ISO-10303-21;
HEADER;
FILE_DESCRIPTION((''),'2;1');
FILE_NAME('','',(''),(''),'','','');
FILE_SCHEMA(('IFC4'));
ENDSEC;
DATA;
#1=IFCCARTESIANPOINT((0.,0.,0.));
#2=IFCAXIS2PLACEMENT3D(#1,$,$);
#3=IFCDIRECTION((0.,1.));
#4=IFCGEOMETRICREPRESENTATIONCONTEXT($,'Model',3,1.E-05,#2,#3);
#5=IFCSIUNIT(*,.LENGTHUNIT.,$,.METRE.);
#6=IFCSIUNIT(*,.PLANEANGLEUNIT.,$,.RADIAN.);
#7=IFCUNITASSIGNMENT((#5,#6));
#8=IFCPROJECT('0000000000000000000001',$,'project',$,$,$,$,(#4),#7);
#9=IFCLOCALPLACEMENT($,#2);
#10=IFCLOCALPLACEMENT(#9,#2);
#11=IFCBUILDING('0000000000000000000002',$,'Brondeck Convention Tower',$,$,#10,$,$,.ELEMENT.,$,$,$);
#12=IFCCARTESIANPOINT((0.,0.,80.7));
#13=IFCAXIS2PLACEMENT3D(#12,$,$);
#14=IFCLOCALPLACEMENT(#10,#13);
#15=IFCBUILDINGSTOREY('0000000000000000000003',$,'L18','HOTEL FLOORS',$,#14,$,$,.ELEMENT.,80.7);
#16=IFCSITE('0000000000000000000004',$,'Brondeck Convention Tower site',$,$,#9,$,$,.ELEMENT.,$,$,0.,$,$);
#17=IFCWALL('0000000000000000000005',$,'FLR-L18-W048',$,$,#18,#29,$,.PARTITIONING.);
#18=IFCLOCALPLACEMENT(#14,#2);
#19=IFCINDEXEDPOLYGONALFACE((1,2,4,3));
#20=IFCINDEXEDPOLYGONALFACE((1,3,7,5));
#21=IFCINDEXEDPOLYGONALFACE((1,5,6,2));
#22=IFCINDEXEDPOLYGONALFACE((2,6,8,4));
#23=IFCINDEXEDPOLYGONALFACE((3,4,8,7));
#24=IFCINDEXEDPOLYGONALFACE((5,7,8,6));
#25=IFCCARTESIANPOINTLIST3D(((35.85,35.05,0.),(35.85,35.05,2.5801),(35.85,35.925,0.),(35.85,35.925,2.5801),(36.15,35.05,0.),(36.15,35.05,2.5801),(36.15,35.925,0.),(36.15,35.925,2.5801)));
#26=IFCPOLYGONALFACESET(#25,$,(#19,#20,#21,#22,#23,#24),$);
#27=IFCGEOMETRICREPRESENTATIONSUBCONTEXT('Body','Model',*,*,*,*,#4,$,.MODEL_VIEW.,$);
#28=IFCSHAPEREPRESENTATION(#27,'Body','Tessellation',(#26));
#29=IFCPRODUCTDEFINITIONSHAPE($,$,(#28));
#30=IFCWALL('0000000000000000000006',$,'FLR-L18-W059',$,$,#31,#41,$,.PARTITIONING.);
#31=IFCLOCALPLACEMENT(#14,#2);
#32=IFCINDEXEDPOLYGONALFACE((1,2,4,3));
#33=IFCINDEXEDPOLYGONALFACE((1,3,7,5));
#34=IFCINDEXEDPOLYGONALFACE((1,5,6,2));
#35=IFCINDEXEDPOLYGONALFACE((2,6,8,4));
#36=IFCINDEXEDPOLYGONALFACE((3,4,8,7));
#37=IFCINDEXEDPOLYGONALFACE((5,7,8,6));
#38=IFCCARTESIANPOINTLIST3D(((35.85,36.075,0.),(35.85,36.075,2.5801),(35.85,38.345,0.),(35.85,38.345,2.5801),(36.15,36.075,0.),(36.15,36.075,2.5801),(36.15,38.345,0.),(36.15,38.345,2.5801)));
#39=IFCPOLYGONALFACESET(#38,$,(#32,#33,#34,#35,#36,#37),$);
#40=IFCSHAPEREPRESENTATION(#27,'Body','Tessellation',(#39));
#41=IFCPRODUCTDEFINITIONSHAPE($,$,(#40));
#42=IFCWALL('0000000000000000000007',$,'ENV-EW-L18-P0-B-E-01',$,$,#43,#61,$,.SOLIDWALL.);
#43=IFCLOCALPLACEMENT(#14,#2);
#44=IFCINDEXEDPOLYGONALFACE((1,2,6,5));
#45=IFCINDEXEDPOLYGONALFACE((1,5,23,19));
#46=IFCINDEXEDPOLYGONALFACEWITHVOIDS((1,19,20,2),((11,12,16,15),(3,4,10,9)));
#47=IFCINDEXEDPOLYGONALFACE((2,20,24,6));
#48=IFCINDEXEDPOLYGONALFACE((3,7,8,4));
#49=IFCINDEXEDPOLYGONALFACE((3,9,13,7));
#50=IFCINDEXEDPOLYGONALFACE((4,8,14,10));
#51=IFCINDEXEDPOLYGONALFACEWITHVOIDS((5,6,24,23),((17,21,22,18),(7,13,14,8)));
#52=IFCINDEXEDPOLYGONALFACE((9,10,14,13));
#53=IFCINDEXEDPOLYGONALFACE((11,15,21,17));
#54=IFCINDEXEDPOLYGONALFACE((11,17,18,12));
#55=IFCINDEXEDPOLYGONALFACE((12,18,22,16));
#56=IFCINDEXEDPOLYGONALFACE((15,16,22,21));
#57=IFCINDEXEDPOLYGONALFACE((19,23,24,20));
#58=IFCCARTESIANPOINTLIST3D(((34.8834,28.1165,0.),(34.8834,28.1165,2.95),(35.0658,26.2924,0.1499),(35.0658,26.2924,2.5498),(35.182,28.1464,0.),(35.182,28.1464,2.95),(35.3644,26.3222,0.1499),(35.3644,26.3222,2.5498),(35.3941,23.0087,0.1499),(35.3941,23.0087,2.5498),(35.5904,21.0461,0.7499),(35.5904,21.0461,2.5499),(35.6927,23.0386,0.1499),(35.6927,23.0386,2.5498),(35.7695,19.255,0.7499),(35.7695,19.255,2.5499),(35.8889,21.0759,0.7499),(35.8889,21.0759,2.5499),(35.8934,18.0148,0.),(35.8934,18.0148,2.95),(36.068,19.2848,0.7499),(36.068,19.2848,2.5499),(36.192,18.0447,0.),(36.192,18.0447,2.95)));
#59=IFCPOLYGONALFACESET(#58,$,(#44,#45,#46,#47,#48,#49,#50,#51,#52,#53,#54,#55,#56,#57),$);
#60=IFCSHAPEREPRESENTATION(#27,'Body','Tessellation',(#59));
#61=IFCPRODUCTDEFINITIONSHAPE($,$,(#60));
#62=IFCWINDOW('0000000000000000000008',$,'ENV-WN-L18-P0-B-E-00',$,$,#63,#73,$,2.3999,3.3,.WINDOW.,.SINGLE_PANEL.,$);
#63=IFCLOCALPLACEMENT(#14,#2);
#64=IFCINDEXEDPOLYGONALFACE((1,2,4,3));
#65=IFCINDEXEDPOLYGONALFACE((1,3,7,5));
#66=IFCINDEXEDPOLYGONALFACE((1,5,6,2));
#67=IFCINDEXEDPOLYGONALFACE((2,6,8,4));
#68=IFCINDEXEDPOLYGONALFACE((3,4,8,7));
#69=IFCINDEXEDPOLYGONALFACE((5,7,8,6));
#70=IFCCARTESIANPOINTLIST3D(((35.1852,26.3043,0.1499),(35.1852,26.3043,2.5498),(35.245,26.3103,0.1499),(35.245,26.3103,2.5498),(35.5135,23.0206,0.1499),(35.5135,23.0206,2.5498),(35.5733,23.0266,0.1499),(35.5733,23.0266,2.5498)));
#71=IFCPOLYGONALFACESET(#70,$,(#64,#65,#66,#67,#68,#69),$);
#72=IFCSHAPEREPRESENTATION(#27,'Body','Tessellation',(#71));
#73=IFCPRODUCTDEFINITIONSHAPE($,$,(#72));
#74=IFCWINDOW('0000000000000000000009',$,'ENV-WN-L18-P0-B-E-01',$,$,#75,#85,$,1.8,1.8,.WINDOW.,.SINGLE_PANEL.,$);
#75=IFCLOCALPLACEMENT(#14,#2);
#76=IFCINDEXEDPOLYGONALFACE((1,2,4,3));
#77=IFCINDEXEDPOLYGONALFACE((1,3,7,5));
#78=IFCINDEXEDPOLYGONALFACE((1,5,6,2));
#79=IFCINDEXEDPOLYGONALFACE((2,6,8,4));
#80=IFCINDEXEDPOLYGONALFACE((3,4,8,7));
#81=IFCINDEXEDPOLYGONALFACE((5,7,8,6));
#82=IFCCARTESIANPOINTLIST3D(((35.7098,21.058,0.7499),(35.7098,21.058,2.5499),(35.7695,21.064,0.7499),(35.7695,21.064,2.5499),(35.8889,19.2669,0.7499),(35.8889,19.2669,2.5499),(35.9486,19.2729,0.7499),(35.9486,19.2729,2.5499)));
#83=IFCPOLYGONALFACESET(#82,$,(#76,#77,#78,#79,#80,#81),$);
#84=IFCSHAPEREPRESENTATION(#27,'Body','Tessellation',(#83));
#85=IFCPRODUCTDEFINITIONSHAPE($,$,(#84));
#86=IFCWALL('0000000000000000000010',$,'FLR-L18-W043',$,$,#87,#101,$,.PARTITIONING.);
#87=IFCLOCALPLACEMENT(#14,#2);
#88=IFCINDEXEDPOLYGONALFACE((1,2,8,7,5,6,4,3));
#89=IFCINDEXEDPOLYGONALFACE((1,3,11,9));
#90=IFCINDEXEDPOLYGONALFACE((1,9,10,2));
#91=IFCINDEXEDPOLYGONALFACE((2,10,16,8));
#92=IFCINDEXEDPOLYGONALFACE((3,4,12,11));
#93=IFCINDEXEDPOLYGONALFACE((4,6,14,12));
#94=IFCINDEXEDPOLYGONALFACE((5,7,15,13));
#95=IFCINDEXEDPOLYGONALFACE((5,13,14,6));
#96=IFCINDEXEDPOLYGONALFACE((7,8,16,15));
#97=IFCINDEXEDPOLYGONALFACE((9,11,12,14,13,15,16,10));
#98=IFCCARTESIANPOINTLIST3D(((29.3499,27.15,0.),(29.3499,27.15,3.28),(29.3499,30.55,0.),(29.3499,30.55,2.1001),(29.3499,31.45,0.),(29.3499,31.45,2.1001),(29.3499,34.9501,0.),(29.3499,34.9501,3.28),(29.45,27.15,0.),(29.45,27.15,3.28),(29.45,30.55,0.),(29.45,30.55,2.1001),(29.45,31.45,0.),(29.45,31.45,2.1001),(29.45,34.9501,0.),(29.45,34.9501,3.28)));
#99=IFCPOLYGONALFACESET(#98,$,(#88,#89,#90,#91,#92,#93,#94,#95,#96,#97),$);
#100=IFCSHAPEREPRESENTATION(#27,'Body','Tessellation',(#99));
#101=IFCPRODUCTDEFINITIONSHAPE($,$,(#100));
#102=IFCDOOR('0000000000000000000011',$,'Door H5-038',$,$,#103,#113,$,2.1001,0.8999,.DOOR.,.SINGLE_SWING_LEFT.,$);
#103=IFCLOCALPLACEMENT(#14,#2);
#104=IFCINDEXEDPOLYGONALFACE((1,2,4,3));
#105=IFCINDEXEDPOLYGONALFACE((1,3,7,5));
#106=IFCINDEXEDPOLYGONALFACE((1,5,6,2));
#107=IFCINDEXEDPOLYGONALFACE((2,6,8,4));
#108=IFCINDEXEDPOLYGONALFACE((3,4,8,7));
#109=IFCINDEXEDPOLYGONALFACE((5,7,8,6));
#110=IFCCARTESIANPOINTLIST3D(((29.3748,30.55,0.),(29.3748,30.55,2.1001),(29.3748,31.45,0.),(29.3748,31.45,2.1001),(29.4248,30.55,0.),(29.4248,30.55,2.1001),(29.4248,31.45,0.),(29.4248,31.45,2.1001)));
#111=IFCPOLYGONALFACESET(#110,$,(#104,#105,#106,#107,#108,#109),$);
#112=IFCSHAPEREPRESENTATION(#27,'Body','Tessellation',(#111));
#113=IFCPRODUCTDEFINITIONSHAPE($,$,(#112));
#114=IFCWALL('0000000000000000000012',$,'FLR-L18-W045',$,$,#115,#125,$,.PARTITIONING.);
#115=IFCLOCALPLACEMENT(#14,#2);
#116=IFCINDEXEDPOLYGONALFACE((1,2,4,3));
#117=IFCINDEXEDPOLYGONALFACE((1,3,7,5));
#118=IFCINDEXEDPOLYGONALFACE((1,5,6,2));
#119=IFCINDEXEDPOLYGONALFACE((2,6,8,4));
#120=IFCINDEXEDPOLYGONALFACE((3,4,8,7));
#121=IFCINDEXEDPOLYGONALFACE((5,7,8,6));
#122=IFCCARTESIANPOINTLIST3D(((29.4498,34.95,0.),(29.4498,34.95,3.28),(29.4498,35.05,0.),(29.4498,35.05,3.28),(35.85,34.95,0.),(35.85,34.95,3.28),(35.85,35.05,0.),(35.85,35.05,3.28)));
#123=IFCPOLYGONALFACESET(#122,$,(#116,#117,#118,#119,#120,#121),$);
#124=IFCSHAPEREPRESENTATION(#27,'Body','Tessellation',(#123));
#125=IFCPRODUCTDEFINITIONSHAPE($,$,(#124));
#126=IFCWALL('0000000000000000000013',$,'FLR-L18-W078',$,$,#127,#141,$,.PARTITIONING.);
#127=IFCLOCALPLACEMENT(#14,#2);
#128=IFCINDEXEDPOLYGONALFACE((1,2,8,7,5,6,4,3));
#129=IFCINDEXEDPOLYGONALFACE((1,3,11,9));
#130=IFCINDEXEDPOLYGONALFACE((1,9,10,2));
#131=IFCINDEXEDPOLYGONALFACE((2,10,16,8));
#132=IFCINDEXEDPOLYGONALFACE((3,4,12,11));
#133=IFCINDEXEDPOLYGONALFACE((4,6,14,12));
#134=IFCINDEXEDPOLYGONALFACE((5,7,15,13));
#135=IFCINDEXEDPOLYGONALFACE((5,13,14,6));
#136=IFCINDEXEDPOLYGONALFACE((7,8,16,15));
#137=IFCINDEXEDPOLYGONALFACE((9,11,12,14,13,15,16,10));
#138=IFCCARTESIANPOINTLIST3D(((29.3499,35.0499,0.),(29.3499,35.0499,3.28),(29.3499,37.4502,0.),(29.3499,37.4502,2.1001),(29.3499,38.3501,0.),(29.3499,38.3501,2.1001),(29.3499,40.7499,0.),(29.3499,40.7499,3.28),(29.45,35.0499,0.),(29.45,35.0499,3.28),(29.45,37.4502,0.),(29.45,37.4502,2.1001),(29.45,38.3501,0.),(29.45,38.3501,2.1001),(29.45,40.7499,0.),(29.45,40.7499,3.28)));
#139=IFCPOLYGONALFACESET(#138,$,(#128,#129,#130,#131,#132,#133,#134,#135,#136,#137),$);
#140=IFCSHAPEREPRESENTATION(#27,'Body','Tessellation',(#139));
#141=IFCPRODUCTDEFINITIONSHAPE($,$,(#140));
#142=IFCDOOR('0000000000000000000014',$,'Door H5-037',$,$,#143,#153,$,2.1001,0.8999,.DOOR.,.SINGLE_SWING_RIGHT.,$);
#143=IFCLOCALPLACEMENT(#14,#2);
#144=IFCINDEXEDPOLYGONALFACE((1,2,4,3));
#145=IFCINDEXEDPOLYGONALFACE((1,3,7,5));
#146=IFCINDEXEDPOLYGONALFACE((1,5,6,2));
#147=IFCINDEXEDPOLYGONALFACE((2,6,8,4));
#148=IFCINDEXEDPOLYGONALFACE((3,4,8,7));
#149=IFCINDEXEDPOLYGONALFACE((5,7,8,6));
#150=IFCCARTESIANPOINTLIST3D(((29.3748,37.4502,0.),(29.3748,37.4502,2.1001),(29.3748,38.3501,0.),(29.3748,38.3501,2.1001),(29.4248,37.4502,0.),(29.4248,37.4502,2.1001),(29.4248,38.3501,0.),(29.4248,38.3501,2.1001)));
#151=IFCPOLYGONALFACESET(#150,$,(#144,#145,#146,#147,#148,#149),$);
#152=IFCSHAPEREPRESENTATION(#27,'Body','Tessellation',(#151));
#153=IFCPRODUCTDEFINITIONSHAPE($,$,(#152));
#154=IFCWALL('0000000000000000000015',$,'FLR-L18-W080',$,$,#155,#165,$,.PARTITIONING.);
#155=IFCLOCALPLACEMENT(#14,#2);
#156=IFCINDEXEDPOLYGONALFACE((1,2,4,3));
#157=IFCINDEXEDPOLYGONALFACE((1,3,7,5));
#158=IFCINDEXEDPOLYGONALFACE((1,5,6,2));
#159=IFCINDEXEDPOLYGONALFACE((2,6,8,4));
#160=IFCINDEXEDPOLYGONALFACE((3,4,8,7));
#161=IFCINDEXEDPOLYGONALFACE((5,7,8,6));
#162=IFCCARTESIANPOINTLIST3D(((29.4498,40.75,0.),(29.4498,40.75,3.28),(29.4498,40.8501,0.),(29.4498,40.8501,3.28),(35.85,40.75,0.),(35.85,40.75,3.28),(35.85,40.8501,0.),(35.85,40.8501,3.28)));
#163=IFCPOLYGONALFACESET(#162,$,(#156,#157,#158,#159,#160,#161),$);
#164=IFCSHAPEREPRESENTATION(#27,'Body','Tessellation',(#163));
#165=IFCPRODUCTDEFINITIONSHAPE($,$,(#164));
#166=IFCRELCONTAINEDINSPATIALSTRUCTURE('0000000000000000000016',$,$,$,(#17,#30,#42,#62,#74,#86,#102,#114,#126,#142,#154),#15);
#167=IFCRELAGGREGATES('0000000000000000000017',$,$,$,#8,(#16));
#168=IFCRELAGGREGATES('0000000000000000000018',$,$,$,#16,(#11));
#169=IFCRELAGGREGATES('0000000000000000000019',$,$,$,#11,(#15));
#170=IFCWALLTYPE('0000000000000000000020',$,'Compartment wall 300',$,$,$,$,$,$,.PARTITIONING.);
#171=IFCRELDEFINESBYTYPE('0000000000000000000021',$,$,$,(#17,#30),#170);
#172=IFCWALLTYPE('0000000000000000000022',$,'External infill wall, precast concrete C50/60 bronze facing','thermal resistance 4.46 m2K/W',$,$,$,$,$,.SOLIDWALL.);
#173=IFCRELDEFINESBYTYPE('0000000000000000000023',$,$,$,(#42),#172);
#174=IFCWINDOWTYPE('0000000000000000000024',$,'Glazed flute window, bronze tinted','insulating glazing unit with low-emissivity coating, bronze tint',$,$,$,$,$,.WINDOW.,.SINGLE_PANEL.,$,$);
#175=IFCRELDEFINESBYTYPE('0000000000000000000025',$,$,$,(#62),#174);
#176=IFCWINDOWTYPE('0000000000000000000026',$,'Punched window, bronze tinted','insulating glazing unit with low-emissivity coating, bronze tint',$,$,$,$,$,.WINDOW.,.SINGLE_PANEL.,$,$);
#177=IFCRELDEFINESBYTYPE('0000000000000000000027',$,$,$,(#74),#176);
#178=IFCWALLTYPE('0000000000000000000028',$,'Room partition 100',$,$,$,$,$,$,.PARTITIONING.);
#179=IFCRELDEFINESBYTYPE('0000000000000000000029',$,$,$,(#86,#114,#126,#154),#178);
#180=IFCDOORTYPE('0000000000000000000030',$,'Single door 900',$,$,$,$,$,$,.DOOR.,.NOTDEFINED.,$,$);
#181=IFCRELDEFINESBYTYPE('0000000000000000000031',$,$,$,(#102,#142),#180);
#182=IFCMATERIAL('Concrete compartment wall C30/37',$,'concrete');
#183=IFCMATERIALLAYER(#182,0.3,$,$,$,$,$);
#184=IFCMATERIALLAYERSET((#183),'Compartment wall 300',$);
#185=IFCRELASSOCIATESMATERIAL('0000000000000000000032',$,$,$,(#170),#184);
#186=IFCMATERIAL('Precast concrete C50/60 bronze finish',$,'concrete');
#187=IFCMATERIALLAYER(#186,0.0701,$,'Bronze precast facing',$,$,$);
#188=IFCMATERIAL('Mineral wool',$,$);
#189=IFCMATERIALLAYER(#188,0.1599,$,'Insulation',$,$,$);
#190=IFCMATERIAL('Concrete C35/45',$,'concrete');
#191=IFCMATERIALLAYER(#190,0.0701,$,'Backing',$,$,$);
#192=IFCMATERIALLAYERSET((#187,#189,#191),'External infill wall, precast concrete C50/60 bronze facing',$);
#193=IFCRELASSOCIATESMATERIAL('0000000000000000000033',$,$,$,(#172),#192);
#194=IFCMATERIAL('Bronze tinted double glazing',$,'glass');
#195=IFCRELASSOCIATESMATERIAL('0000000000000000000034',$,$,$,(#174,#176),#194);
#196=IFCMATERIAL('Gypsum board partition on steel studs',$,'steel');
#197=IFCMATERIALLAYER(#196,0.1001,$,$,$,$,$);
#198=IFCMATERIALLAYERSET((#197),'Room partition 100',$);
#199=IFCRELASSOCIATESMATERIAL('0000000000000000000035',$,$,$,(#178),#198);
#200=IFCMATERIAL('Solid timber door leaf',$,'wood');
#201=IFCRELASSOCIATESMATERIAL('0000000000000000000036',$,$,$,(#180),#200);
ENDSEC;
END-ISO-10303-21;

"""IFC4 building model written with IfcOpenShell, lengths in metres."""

from ifc_helpers import new_model, si_unit, direction, frame, frame_2d, origin, place, context, subcontext, project, spatial, rectangle, extrude, material, layer, layer_set, type_object, element, fill, save


model = new_model("IFC4")

# Units and contexts
model_context = context("Model", 3, precision=1e-05, world=origin(), true_north=direction((0.0, 1.0)))
body_context = subcontext(model_context, "Body", "Model", "MODEL_VIEW")
ifc_project = project(units=[si_unit("LENGTHUNIT", "METRE"), si_unit("PLANEANGLEUNIT", "RADIAN")], contexts=[model_context])

# Site, building, storey
site_placement = place(None, origin())
site = spatial("IfcSite", under=ifc_project, at=site_placement, Name="Brondeck Convention Tower site", CompositionType="ELEMENT", RefElevation=0.0)
building_placement = place(site_placement, origin())
building = spatial("IfcBuilding", under=site, at=building_placement, Name="Brondeck Convention Tower", CompositionType="ELEMENT")
storey_placement = place(building_placement, frame((0.0, 0.0, 80.7)))
storey = spatial("IfcBuildingStorey", under=building, at=storey_placement, Name="L18", Description="HOTEL FLOORS", CompositionType="ELEMENT", Elevation=80.7)

# Shared definitions
ifc_material_1 = material(Name="Concrete compartment wall C30/37", Category="concrete")
ifc_layer_1 = layer(ifc_material_1, 0.3)
ifc_layer_set_1 = layer_set([ifc_layer_1], Name="Compartment wall 300")
wall_type_1 = type_object("IfcWallType", Name="Compartment wall 300", PredefinedType="PARTITIONING", material=ifc_layer_set_1)

# Walls
wall_1_placement = place(storey_placement, frame((36.0, 35.925, 0.0), z_axis=(0.0, 0.0, 1.0), x_axis=(0.0, -1.0, 0.0)))
element("IfcWall", 1, at=wall_1_placement, inside=storey, type_object=wall_type_1, Name="FLR-L18-W048", PredefinedType="PARTITIONING", context=body_context, shape_type="SweptSolid", body=[
    extrude(rectangle(XDim=0.875, YDim=0.3, at=frame_2d((0.4375, 0.0))), origin(), (0.0, 0.0, 1.0), 2.5801),
])
wall_2_placement = place(storey_placement, frame((36.0, 38.345, 0.0), z_axis=(0.0, 0.0, 1.0), x_axis=(0.0, -1.0, 0.0)))
element("IfcWall", 2, at=wall_2_placement, inside=storey, type_object=wall_type_1, Name="FLR-L18-W059", PredefinedType="PARTITIONING", context=body_context, shape_type="SweptSolid", body=[
    extrude(rectangle(XDim=2.27, YDim=0.3, at=frame_2d((1.135, 0.0))), origin(), (0.0, 0.0, 1.0), 2.5801),
])

# Wall, openings, windows
ifc_material_2 = material(Name="Precast concrete C50/60 bronze finish", Category="concrete")
ifc_layer_2 = layer(ifc_material_2, 0.0701, Name="Bronze precast facing")
ifc_material_3 = material(Name="Mineral wool")
ifc_layer_3 = layer(ifc_material_3, 0.1599, Name="Insulation")
ifc_material_4 = material(Name="Concrete C35/45", Category="concrete")
ifc_layer_4 = layer(ifc_material_4, 0.0701, Name="Backing")
ifc_layer_set_2 = layer_set([ifc_layer_2, ifc_layer_3, ifc_layer_4], Name="External infill wall, precast concrete C50/60 bronze facing")
wall_type_2 = type_object("IfcWallType", Name="External infill wall, precast concrete C50/60 bronze facing", Description="thermal resistance 4.46 m2K/W", PredefinedType="SOLIDWALL", material=ifc_layer_set_2)
wall_3_placement = place(storey_placement, frame((35.0327, 28.1316, 0.0), z_axis=(0.0, 0.0, 1.0), x_axis=(0.099487, -0.995039, 0.0)))
wall_3 = element("IfcWall", 3, at=wall_3_placement, inside=storey, type_object=wall_type_2, Name="ENV-EW-L18-P0-B-E-01", PredefinedType="SOLIDWALL", context=body_context, shape_type="SweptSolid", body=[
    extrude(rectangle(XDim=10.1521, YDim=0.3, at=frame_2d((5.0762, 0.0))), origin(), (0.0, 0.0, 1.0), 2.95),
])
opening_1_placement = place(wall_3_placement, frame((1.8335, 0.0, 0.1499)))
opening_1 = element("IfcOpeningElement", 4, at=opening_1_placement, cuts=wall_3, PredefinedType="OPENING", context=body_context, shape_type="SweptSolid", body=[
    extrude(rectangle(XDim=3.3, YDim=2.3999, at=frame_2d((1.6499, 1.2))), frame((0.0, 0.1599, 0.0), z_axis=(0.0, -1.0, 0.0), x_axis=(1.0, 0.0, 0.0)), (0.0, 0.0, 1.0), 0.3201),
])
opening_2_placement = place(wall_3_placement, frame((7.106, 0.0, 0.75)))
opening_2 = element("IfcOpeningElement", 5, at=opening_2_placement, cuts=wall_3, PredefinedType="OPENING", context=body_context, shape_type="SweptSolid", body=[
    extrude(rectangle(XDim=1.8, YDim=1.8, at=frame_2d((0.8999, 0.8999))), frame((0.0, 0.1599, 0.0), z_axis=(0.0, -1.0, 0.0), x_axis=(1.0, 0.0, 0.0)), (0.0, 0.0, 1.0), 0.3201),
])
ifc_material_5 = material(Name="Bronze tinted double glazing", Category="glass")
window_type_1 = type_object("IfcWindowType", Name="Glazed flute window, bronze tinted", Description="insulating glazing unit with low-emissivity coating, bronze tint", PartitioningType="SINGLE_PANEL", PredefinedType="WINDOW", material=ifc_material_5)
window_1_placement = place(opening_1_placement, origin())
window_1 = element("IfcWindow", 6, at=window_1_placement, inside=storey, type_object=window_type_1, Name="ENV-WN-L18-P0-B-E-00", OverallHeight=2.3999, OverallWidth=3.3, PartitioningType="SINGLE_PANEL", PredefinedType="WINDOW", context=body_context, shape_type="SweptSolid", body=[
    extrude(rectangle(XDim=3.3, YDim=2.3999, at=frame_2d((1.6499, 1.2))), frame((0.0, 0.03, 0.0), z_axis=(0.0, -1.0, 0.0), x_axis=(1.0, 0.0, 0.0)), (0.0, 0.0, 1.0), 0.0601),
])
fill(opening_1, window_1)
window_type_2 = type_object("IfcWindowType", Name="Punched window, bronze tinted", Description="insulating glazing unit with low-emissivity coating, bronze tint", PartitioningType="SINGLE_PANEL", PredefinedType="WINDOW", material=ifc_material_5)
window_2_placement = place(opening_2_placement, origin())
window_2 = element("IfcWindow", 7, at=window_2_placement, inside=storey, type_object=window_type_2, Name="ENV-WN-L18-P0-B-E-01", OverallHeight=1.8, OverallWidth=1.8, PartitioningType="SINGLE_PANEL", PredefinedType="WINDOW", context=body_context, shape_type="SweptSolid", body=[
    extrude(rectangle(XDim=1.8, YDim=1.8, at=frame_2d((0.8999, 0.8999))), frame((0.0, 0.03, 0.0), z_axis=(0.0, -1.0, 0.0), x_axis=(1.0, 0.0, 0.0)), (0.0, 0.0, 1.0), 0.0601),
])
fill(opening_2, window_2)

# Wall, opening, door
ifc_material_6 = material(Name="Gypsum board partition on steel studs", Category="steel")
ifc_layer_5 = layer(ifc_material_6, 0.1001)
ifc_layer_set_3 = layer_set([ifc_layer_5], Name="Room partition 100")
wall_type_3 = type_object("IfcWallType", Name="Room partition 100", PredefinedType="PARTITIONING", material=ifc_layer_set_3)
wall_4_placement = place(storey_placement, frame((29.3999, 34.95, 0.0), z_axis=(0.0, 0.0, 1.0), x_axis=(0.0, -1.0, 0.0)))
wall_4 = element("IfcWall", 8, at=wall_4_placement, inside=storey, type_object=wall_type_3, Name="FLR-L18-W043", PredefinedType="PARTITIONING", context=body_context, shape_type="SweptSolid", body=[
    extrude(rectangle(XDim=7.8, YDim=0.1001, at=frame_2d((3.8999, 0.0))), origin(), (0.0, 0.0, 1.0), 3.28),
])
opening_3_placement = place(wall_4_placement, frame((3.5, 0.0, 0.0)))
opening_3 = element("IfcOpeningElement", 9, at=opening_3_placement, cuts=wall_4, PredefinedType="OPENING", context=body_context, shape_type="SweptSolid", body=[
    extrude(rectangle(XDim=0.8999, YDim=2.1001, at=frame_2d((0.45, 1.05))), frame((0.0, 0.0601, 0.0), z_axis=(0.0, -1.0, 0.0), x_axis=(1.0, 0.0, 0.0)), (0.0, 0.0, 1.0), 0.1201),
])
ifc_material_7 = material(Name="Solid timber door leaf", Category="wood")
door_type_1 = type_object("IfcDoorType", Name="Single door 900", OperationType="NOTDEFINED", PredefinedType="DOOR", material=ifc_material_7)
door_1_placement = place(opening_3_placement, origin())
door_1 = element("IfcDoor", 10, at=door_1_placement, inside=storey, type_object=door_type_1, Name="Door H5-038", OperationType="SINGLE_SWING_LEFT", OverallHeight=2.1001, OverallWidth=0.8999, PredefinedType="DOOR", context=body_context, shape_type="SweptSolid", body=[
    extrude(rectangle(XDim=0.8999, YDim=2.1001, at=frame_2d((0.45, 1.05))), frame((0.0, 0.0249, 0.0), z_axis=(0.0, -1.0, 0.0), x_axis=(1.0, 0.0, 0.0)), (0.0, 0.0, 1.0), 0.05),
])
fill(opening_3, door_1)

# Wall
wall_5_placement = place(storey_placement, frame((35.8501, 35.0, 0.0), z_axis=(0.0, 0.0, 1.0), x_axis=(-1.0, 0.0, 0.0)))
element("IfcWall", 11, at=wall_5_placement, inside=storey, type_object=wall_type_3, Name="FLR-L18-W045", PredefinedType="PARTITIONING", context=body_context, shape_type="SweptSolid", body=[
    extrude(rectangle(XDim=6.4001, YDim=0.1001, at=frame_2d((3.2002, 0.0))), origin(), (0.0, 0.0, 1.0), 3.28),
])

# Wall, opening, door
wall_6_placement = place(storey_placement, frame((29.3999, 40.75, 0.0), z_axis=(0.0, 0.0, 1.0), x_axis=(0.0, -1.0, 0.0)))
wall_6 = element("IfcWall", 12, at=wall_6_placement, inside=storey, type_object=wall_type_3, Name="FLR-L18-W078", PredefinedType="PARTITIONING", context=body_context, shape_type="SweptSolid", body=[
    extrude(rectangle(XDim=5.7, YDim=0.1001, at=frame_2d((2.8501, 0.0))), origin(), (0.0, 0.0, 1.0), 3.28),
])
opening_4_placement = place(wall_6_placement, frame((2.3999, 0.0, 0.0)))
opening_4 = element("IfcOpeningElement", 13, at=opening_4_placement, cuts=wall_6, PredefinedType="OPENING", context=body_context, shape_type="SweptSolid", body=[
    extrude(rectangle(XDim=0.8999, YDim=2.1001, at=frame_2d((0.45, 1.05))), frame((0.0, 0.0601, 0.0), z_axis=(0.0, -1.0, 0.0), x_axis=(1.0, 0.0, 0.0)), (0.0, 0.0, 1.0), 0.1201),
])
door_2_placement = place(opening_4_placement, origin())
door_2 = element("IfcDoor", 14, at=door_2_placement, inside=storey, type_object=door_type_1, Name="Door H5-037", OperationType="SINGLE_SWING_RIGHT", OverallHeight=2.1001, OverallWidth=0.8999, PredefinedType="DOOR", context=body_context, shape_type="SweptSolid", body=[
    extrude(rectangle(XDim=0.8999, YDim=2.1001, at=frame_2d((0.45, 1.05))), frame((0.0, 0.0249, 0.0), z_axis=(0.0, -1.0, 0.0), x_axis=(1.0, 0.0, 0.0)), (0.0, 0.0, 1.0), 0.05),
])
fill(opening_4, door_2)

# Wall
wall_7_placement = place(storey_placement, frame((35.8501, 40.8, 0.0), z_axis=(0.0, 0.0, 1.0), x_axis=(-1.0, 0.0, 0.0)))
element("IfcWall", 15, at=wall_7_placement, inside=storey, type_object=wall_type_3, Name="FLR-L18-W080", PredefinedType="PARTITIONING", context=body_context, shape_type="SweptSolid", body=[
    extrude(rectangle(XDim=6.4001, YDim=0.1001, at=frame_2d((3.2002, 0.0))), origin(), (0.0, 0.0, 1.0), 3.28),
])

save(model, "model.ifc")
